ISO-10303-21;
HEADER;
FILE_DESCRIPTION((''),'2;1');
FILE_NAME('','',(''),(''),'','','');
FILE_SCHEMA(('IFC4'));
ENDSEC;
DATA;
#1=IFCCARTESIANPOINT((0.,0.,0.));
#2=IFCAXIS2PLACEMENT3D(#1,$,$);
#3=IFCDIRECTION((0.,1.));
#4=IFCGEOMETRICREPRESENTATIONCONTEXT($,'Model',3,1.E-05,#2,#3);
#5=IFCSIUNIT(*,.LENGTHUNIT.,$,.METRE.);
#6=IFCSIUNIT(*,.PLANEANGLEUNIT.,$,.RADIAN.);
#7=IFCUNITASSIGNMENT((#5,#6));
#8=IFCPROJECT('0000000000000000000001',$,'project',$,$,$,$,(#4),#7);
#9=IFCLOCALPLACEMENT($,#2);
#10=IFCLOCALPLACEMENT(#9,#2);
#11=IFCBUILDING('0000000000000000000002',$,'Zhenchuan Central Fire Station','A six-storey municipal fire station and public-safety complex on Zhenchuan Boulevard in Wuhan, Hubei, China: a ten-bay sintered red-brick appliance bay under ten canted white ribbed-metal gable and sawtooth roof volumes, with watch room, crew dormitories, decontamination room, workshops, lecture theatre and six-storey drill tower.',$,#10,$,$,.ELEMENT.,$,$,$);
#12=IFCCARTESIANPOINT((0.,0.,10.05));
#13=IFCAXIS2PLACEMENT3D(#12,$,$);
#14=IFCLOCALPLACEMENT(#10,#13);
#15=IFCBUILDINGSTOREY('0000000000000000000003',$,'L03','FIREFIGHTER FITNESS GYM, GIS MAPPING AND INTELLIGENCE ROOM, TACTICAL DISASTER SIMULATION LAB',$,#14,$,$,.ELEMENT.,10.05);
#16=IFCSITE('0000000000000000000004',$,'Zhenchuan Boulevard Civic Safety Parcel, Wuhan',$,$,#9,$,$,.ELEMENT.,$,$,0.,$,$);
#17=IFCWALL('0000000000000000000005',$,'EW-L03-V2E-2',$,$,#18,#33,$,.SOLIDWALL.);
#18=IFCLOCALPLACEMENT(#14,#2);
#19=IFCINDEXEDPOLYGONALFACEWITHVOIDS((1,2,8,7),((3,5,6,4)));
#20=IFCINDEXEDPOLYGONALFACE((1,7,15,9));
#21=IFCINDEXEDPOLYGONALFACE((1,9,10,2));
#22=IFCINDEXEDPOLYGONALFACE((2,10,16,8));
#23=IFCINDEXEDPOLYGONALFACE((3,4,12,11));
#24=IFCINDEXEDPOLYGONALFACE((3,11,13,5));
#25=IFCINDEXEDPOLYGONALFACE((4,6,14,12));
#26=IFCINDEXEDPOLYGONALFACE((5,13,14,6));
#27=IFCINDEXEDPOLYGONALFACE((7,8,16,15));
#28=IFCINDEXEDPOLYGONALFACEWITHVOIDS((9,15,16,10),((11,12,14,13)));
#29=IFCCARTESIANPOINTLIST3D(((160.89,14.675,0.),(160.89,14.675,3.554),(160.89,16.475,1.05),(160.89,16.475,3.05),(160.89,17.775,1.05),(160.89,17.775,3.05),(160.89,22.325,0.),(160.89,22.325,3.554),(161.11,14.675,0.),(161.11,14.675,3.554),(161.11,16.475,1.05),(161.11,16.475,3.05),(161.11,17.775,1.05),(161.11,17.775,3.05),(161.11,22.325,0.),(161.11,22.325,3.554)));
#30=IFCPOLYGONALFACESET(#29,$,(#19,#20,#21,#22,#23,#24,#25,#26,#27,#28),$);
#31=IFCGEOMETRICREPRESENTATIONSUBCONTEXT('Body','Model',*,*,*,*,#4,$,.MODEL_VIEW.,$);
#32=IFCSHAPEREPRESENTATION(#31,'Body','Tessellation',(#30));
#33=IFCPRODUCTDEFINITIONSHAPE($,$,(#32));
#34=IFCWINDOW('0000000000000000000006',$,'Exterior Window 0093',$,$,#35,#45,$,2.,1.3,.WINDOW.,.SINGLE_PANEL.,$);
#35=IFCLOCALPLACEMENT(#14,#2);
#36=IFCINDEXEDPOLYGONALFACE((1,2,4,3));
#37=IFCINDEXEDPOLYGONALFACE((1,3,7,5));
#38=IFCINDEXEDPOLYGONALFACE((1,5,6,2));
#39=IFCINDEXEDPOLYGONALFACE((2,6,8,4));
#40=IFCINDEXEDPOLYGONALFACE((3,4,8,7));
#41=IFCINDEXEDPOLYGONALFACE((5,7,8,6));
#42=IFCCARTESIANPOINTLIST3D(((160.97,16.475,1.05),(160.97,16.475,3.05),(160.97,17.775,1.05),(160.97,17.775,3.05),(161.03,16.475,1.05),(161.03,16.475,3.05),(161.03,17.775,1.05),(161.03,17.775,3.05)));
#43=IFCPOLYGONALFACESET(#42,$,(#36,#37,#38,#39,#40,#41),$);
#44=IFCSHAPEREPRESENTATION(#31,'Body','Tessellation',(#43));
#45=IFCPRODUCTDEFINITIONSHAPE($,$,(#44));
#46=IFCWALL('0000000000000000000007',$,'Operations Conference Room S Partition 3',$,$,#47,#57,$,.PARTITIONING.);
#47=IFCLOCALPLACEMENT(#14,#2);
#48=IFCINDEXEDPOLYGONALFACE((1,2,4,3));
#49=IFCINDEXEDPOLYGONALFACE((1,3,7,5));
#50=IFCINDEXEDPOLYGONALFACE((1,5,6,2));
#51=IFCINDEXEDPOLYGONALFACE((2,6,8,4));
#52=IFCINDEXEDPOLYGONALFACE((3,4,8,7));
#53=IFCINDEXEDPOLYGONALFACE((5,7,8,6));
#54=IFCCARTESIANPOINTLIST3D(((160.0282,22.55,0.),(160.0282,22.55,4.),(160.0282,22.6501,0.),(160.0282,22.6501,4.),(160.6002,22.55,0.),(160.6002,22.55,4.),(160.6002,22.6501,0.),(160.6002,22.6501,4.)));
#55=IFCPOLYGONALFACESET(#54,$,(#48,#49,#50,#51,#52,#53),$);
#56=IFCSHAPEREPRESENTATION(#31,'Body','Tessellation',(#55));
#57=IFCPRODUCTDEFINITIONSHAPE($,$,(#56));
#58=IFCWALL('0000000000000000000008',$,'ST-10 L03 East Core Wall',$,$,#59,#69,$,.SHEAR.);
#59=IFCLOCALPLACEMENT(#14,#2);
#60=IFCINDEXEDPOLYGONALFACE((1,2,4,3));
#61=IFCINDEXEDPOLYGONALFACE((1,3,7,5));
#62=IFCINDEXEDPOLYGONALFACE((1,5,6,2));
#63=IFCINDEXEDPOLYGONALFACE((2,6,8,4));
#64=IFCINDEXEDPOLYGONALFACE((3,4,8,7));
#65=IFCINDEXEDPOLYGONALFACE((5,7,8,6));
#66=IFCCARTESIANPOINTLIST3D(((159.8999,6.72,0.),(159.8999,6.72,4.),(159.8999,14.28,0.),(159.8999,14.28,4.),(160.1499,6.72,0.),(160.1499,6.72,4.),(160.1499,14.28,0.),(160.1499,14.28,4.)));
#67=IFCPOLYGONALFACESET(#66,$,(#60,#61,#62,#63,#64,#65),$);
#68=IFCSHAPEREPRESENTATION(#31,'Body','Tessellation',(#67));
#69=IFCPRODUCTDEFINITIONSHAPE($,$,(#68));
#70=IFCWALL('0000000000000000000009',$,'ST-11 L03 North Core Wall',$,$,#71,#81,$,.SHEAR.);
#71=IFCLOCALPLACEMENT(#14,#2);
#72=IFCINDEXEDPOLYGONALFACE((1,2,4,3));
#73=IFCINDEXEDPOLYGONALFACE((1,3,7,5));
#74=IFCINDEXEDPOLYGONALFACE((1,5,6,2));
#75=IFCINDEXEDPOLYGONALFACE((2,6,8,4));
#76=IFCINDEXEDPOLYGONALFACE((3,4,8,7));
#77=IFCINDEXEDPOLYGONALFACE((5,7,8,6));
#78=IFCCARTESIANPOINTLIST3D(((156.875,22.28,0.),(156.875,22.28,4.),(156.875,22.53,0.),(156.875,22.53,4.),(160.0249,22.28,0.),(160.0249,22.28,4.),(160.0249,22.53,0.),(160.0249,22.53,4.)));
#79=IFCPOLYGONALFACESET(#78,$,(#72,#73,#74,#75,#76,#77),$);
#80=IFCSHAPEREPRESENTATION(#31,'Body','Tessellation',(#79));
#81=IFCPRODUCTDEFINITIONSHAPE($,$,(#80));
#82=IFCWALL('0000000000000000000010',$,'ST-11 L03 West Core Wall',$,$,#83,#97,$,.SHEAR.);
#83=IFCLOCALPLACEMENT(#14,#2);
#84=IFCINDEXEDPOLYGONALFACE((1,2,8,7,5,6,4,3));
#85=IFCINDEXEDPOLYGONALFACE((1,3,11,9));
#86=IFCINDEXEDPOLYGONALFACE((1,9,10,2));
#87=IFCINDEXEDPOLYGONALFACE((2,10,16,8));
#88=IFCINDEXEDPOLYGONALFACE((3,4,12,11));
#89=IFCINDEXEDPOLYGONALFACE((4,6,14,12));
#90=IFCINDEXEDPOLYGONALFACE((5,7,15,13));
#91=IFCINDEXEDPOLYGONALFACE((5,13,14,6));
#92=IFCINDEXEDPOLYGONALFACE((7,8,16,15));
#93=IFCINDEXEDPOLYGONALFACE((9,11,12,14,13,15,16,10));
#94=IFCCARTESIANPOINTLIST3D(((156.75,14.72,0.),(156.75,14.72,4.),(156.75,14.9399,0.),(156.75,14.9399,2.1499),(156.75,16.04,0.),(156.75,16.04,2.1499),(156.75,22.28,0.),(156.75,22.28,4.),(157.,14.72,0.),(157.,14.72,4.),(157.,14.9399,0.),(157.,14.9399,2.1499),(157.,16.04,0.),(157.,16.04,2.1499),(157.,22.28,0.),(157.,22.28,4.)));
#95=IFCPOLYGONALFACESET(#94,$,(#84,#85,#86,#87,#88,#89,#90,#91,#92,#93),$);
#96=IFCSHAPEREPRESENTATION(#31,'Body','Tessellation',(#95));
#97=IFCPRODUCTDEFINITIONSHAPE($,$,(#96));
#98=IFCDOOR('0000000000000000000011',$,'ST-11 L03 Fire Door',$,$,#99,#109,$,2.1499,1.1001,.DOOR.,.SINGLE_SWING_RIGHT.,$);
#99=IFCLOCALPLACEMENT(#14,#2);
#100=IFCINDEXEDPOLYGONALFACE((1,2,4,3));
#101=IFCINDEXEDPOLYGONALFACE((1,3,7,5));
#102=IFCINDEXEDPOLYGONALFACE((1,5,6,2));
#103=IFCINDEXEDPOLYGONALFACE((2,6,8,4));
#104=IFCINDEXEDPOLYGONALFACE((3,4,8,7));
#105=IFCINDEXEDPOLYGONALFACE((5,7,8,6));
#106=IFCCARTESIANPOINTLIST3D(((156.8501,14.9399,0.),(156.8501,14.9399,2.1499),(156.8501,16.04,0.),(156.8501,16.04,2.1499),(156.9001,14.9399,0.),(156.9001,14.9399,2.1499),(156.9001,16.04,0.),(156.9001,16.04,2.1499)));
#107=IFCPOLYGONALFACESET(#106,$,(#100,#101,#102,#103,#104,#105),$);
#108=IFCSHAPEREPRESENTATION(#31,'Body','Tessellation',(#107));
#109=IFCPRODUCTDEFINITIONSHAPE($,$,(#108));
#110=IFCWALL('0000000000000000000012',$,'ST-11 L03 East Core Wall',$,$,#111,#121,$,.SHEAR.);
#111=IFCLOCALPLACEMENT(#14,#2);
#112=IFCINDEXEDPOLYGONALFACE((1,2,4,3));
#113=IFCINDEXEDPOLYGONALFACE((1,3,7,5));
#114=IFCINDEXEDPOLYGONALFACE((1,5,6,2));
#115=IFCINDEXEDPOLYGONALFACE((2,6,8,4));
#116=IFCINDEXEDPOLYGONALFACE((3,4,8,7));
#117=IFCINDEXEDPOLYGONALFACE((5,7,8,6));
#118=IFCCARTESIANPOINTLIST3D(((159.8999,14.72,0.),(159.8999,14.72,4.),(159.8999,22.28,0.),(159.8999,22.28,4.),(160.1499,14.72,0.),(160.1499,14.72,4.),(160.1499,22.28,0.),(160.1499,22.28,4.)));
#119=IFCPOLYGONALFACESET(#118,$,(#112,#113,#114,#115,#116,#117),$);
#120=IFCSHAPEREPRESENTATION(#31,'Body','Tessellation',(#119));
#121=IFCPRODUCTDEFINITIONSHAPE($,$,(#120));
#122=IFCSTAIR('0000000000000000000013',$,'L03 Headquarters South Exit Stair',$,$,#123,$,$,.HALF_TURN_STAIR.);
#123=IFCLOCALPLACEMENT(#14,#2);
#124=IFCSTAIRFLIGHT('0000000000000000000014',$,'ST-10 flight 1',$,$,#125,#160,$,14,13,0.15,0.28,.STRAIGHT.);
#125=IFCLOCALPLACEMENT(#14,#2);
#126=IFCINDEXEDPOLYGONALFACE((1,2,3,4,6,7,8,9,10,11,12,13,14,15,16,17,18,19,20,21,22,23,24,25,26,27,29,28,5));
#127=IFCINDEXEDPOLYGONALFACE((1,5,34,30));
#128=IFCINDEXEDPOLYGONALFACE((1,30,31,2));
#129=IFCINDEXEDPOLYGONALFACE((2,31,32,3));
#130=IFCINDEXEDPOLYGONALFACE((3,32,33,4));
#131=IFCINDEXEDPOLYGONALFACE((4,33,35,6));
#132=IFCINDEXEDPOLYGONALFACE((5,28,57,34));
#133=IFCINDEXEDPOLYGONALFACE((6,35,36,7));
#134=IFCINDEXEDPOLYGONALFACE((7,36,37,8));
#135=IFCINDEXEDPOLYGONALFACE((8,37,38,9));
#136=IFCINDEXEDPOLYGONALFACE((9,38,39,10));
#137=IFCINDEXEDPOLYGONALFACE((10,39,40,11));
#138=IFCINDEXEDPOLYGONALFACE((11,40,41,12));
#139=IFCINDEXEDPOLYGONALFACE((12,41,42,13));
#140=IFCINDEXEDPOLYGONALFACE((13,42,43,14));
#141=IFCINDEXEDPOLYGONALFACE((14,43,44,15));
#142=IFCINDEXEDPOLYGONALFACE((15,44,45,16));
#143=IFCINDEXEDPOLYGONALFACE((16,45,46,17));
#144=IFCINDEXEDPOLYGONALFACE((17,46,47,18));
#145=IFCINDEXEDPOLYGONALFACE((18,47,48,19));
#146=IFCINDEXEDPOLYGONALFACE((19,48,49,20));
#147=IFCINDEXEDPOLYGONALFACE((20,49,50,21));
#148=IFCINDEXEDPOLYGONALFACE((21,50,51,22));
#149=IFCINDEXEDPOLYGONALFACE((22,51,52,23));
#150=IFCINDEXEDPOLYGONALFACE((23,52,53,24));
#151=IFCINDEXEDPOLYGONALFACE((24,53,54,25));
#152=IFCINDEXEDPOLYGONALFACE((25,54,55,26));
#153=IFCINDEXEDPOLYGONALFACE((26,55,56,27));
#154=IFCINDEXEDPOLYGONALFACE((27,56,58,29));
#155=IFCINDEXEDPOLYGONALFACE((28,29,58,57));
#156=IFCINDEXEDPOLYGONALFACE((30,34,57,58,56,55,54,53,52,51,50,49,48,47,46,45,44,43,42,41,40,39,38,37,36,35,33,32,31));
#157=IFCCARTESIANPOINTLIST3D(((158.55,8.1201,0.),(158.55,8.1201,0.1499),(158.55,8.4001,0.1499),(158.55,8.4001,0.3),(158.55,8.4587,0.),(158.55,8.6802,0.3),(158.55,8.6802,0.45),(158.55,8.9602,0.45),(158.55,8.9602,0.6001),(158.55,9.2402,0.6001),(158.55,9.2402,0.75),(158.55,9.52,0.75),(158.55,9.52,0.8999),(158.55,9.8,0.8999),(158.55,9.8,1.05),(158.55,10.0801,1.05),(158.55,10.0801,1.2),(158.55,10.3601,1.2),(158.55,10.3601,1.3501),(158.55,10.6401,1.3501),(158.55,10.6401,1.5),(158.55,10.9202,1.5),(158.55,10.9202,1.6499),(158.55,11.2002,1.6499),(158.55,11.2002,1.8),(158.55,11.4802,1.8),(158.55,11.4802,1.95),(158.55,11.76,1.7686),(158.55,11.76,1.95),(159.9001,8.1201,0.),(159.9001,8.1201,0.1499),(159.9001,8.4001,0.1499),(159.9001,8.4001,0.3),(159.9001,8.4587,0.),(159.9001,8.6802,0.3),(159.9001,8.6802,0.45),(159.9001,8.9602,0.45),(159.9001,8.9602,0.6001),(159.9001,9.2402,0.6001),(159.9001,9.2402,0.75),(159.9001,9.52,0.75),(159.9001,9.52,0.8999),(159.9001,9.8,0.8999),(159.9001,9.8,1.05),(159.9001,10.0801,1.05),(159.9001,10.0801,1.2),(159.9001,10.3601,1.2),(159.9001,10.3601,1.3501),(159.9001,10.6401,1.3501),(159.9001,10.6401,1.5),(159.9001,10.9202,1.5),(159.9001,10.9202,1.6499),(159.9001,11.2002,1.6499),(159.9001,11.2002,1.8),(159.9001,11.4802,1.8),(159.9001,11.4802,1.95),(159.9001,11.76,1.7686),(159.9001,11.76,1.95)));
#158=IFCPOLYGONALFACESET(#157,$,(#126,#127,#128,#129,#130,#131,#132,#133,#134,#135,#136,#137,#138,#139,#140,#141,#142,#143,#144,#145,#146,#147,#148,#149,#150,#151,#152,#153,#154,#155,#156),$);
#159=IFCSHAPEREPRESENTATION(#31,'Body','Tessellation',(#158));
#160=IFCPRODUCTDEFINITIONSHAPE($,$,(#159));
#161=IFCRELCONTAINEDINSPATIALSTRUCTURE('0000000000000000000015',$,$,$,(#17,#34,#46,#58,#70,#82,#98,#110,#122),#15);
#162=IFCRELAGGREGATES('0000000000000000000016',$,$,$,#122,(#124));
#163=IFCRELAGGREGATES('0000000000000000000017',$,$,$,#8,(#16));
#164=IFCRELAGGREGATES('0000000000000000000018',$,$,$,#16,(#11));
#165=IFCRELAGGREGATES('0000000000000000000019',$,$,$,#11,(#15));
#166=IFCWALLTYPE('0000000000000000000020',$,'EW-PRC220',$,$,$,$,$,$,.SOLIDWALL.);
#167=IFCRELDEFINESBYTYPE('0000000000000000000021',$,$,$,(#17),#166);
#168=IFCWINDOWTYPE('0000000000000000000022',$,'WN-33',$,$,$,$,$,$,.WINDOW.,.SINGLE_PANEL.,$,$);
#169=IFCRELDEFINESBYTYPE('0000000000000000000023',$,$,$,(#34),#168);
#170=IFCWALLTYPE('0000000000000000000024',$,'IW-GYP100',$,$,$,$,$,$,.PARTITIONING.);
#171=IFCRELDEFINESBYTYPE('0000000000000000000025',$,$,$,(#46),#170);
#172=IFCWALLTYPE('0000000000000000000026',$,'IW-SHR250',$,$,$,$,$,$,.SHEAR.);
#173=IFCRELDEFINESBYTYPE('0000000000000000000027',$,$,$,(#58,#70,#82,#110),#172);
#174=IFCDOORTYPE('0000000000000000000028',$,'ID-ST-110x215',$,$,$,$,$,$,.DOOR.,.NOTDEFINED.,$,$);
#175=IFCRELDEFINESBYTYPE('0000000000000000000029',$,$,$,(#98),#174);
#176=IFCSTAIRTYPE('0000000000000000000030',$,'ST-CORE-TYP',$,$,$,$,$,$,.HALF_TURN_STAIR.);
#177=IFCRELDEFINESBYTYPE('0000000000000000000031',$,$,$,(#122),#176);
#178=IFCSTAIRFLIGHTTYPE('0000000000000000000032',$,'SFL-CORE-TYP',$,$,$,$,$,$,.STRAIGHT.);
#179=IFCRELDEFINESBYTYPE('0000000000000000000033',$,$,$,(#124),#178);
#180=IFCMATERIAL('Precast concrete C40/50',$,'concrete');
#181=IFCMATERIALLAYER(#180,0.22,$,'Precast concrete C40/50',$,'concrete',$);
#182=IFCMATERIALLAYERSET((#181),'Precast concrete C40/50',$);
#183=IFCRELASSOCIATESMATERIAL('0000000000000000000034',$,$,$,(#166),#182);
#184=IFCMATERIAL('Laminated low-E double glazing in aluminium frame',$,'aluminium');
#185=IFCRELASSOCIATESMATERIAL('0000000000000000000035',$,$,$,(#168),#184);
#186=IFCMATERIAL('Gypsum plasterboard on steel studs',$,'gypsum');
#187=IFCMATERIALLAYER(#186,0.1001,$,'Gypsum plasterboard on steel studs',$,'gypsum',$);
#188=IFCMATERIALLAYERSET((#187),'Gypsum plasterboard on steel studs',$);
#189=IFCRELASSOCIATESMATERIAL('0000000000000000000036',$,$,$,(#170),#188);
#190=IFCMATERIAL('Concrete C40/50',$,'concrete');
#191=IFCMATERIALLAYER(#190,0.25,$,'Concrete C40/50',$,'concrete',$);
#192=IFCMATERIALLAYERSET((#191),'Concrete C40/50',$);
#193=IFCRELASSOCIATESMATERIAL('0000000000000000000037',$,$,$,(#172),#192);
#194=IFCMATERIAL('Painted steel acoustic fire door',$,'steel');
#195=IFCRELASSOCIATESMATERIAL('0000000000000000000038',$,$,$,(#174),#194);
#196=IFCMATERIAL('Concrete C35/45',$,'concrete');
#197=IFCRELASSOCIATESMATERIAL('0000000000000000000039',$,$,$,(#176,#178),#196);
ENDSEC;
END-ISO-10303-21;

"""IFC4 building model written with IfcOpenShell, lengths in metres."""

from ifc_helpers import new_model, si_unit, direction, frame, frame_2d, origin, place, context, subcontext, project, spatial, polyline, rectangle, outline, extrude, material, layer, layer_set, type_object, element, fill, aggregate, save


model = new_model("IFC4")

# Units and contexts
model_context = context("Model", 3, precision=1e-05, world=origin(), true_north=direction((0.0, 1.0)))
body_context = subcontext(model_context, "Body", "Model", "MODEL_VIEW")
ifc_project = project(units=[si_unit("LENGTHUNIT", "METRE"), si_unit("PLANEANGLEUNIT", "RADIAN")], contexts=[model_context])

# Site, building, storey
site_placement = place(None, origin())
site = spatial("IfcSite", under=ifc_project, at=site_placement, Name="Zhenchuan Boulevard Civic Safety Parcel, Wuhan", CompositionType="ELEMENT", RefElevation=0.0)
building_placement = place(site_placement, origin())
building = spatial("IfcBuilding", under=site, at=building_placement, Name="Zhenchuan Central Fire Station", Description="A six-storey municipal fire station and public-safety complex on Zhenchuan Boulevard in Wuhan, Hubei, China: a ten-bay sintered red-brick appliance bay under ten canted white ribbed-metal gable and sawtooth roof volumes, with watch room, crew dormitories, decontamination room, workshops, lecture theatre and six-storey drill tower.", CompositionType="ELEMENT")
storey_placement = place(building_placement, frame((0.0, 0.0, 10.05)))
storey = spatial("IfcBuildingStorey", under=building, at=storey_placement, Name="L03", Description="FIREFIGHTER FITNESS GYM, GIS MAPPING AND INTELLIGENCE ROOM, TACTICAL DISASTER SIMULATION LAB", CompositionType="ELEMENT", Elevation=10.05)

# Wall, opening, window
ifc_material_1 = material(Name="Precast concrete C40/50", Category="concrete")
ifc_layer_1 = layer(ifc_material_1, 0.22, Name="Precast concrete C40/50", Category="concrete")
ifc_layer_set_1 = layer_set([ifc_layer_1], Name="Precast concrete C40/50")
wall_type_1 = type_object("IfcWallType", Name="EW-PRC220", PredefinedType="SOLIDWALL", material=ifc_layer_set_1)
ifc_material_2 = material(Name="Laminated low-E double glazing in aluminium frame", Category="aluminium")
wall_1_placement = place(storey_placement, frame((161.0, 14.675, 0.0), z_axis=(0.0, 0.0, 1.0), x_axis=(0.0, 1.0, 0.0)))
wall_1 = element("IfcWall", 1, at=wall_1_placement, inside=storey, type_object=wall_type_1, Name="EW-L03-V2E-2", PredefinedType="SOLIDWALL", context=body_context, shape_type="SweptSolid", body=[
    extrude(rectangle(XDim=7.6499, YDim=0.22, at=frame_2d((3.825, 0.0))), origin(), (0.0, 0.0, 1.0), 3.554),
])
opening_1_placement = place(wall_1_placement, frame((1.8, 0.0, 1.05)))
opening_1 = element("IfcOpeningElement", 2, at=opening_1_placement, cuts=wall_1, PredefinedType="OPENING", context=body_context, shape_type="SweptSolid", body=[
    extrude(rectangle(XDim=1.3, YDim=2.0, at=frame_2d((0.6499, 1.0))), frame((0.0, 0.1199, 0.0), z_axis=(0.0, -1.0, 0.0), x_axis=(1.0, 0.0, 0.0)), (0.0, 0.0, 1.0), 0.24),
])
window_type_1 = type_object("IfcWindowType", Name="WN-33", PartitioningType="SINGLE_PANEL", PredefinedType="WINDOW", material=ifc_material_2)
window_1_placement = place(opening_1_placement, origin())
window_1 = element("IfcWindow", 3, at=window_1_placement, inside=storey, type_object=window_type_1, Name="Exterior Window 0093", OverallHeight=2.0, OverallWidth=1.3, PartitioningType="SINGLE_PANEL", PredefinedType="WINDOW", context=body_context, shape_type="SweptSolid", body=[
    extrude(rectangle(XDim=1.3, YDim=2.0, at=frame_2d((0.6499, 1.0))), frame((0.0, 0.03, 0.0), z_axis=(0.0, -1.0, 0.0), x_axis=(1.0, 0.0, 0.0)), (0.0, 0.0, 1.0), 0.0601),
])
fill(opening_1, window_1)

# Walls
ifc_material_3 = material(Name="Gypsum plasterboard on steel studs", Category="gypsum")
ifc_layer_2 = layer(ifc_material_3, 0.1001, Name="Gypsum plasterboard on steel studs", Category="gypsum")
ifc_layer_set_2 = layer_set([ifc_layer_2], Name="Gypsum plasterboard on steel studs")
wall_type_2 = type_object("IfcWallType", Name="IW-GYP100", PredefinedType="PARTITIONING", material=ifc_layer_set_2)
wall_2_placement = place(storey_placement, frame((160.0281, 22.6001, 0.0), z_axis=(0.0, 0.0, 1.0), x_axis=(1.0, 0.0, 0.0)))
element("IfcWall", 4, at=wall_2_placement, inside=storey, type_object=wall_type_2, Name="Operations Conference Room S Partition 3", PredefinedType="PARTITIONING", context=body_context, shape_type="SweptSolid", body=[
    extrude(rectangle(XDim=0.572, YDim=0.1001, at=frame_2d((0.2861, 0.0))), origin(), (0.0, 0.0, 1.0), 4.0),
])
ifc_material_4 = material(Name="Concrete C40/50", Category="concrete")
ifc_layer_3 = layer(ifc_material_4, 0.25, Name="Concrete C40/50", Category="concrete")
ifc_layer_set_3 = layer_set([ifc_layer_3], Name="Concrete C40/50")
wall_type_3 = type_object("IfcWallType", Name="IW-SHR250", PredefinedType="SHEAR", material=ifc_layer_set_3)
wall_3_placement = place(storey_placement, frame((160.0249, 6.72, 0.0), z_axis=(0.0, 0.0, 1.0), x_axis=(0.0, 1.0, 0.0)))
element("IfcWall", 5, at=wall_3_placement, inside=storey, type_object=wall_type_3, Name="ST-10 L03 East Core Wall", PredefinedType="SHEAR", context=body_context, shape_type="SweptSolid", body=[
    extrude(rectangle(XDim=7.5601, YDim=0.25, at=frame_2d((3.78, 0.0))), origin(), (0.0, 0.0, 1.0), 4.0),
])
wall_4_placement = place(storey_placement, frame((156.875, 22.405, 0.0), z_axis=(0.0, 0.0, 1.0), x_axis=(1.0, 0.0, 0.0)))
element("IfcWall", 6, at=wall_4_placement, inside=storey, type_object=wall_type_3, Name="ST-11 L03 North Core Wall", PredefinedType="SHEAR", context=body_context, shape_type="SweptSolid", body=[
    extrude(rectangle(XDim=3.1499, YDim=0.25, at=frame_2d((1.575, 0.0))), origin(), (0.0, 0.0, 1.0), 4.0),
])

# Wall, opening, door
wall_5_placement = place(storey_placement, frame((156.875, 14.72, 0.0), z_axis=(0.0, 0.0, 1.0), x_axis=(0.0, 1.0, 0.0)))
wall_5 = element("IfcWall", 7, at=wall_5_placement, inside=storey, type_object=wall_type_3, Name="ST-11 L03 West Core Wall", PredefinedType="SHEAR", context=body_context, shape_type="SweptSolid", body=[
    extrude(rectangle(XDim=7.5601, YDim=0.25, at=frame_2d((3.78, 0.0))), origin(), (0.0, 0.0, 1.0), 4.0),
])
opening_2_placement = place(wall_5_placement, frame((0.22, 0.0, 0.0)))
opening_2 = element("IfcOpeningElement", 8, at=opening_2_placement, cuts=wall_5, PredefinedType="OPENING", context=body_context, shape_type="SweptSolid", body=[
    extrude(rectangle(XDim=1.1001, YDim=2.1499, at=frame_2d((0.55, 1.075))), frame((0.0, 0.135, 0.0), z_axis=(0.0, -1.0, 0.0), x_axis=(1.0, 0.0, 0.0)), (0.0, 0.0, 1.0), 0.27),
])
ifc_material_5 = material(Name="Painted steel acoustic fire door", Category="steel")
door_type = type_object("IfcDoorType", Name="ID-ST-110x215", OperationType="NOTDEFINED", PredefinedType="DOOR", material=ifc_material_5)
door_placement = place(opening_2_placement, origin())
door = element("IfcDoor", 9, at=door_placement, inside=storey, type_object=door_type, Name="ST-11 L03 Fire Door", OperationType="SINGLE_SWING_RIGHT", OverallHeight=2.1499, OverallWidth=1.1001, PredefinedType="DOOR", context=body_context, shape_type="SweptSolid", body=[
    extrude(rectangle(XDim=1.1001, YDim=2.1499, at=frame_2d((0.55, 1.075))), frame((0.0, 0.0249, 0.0), z_axis=(0.0, -1.0, 0.0), x_axis=(1.0, 0.0, 0.0)), (0.0, 0.0, 1.0), 0.05),
])
fill(opening_2, door)

# Wall
wall_6_placement = place(storey_placement, frame((160.0249, 14.72, 0.0), z_axis=(0.0, 0.0, 1.0), x_axis=(0.0, 1.0, 0.0)))
element("IfcWall", 10, at=wall_6_placement, inside=storey, type_object=wall_type_3, Name="ST-11 L03 East Core Wall", PredefinedType="SHEAR", context=body_context, shape_type="SweptSolid", body=[
    extrude(rectangle(XDim=7.5601, YDim=0.25, at=frame_2d((3.78, 0.0))), origin(), (0.0, 0.0, 1.0), 4.0),
])

# Stair, stair flight
ifc_material_6 = material(Name="Concrete C35/45", Category="concrete")
stair_type = type_object("IfcStairType", Name="ST-CORE-TYP", PredefinedType="HALF_TURN_STAIR", material=ifc_material_6)
stair_1_placement = place(storey_placement, origin())
stair_1 = element("IfcStair", 11, at=stair_1_placement, inside=storey, type_object=stair_type, Name="L03 Headquarters South Exit Stair", PredefinedType="HALF_TURN_STAIR")
stair_flight_type = type_object("IfcStairFlightType", Name="SFL-CORE-TYP", PredefinedType="STRAIGHT", material=ifc_material_6)
stair_flight_1_placement = place(storey_placement, frame((159.2251, 8.1201, 0.0), z_axis=(0.0, 0.0, 1.0), x_axis=(0.0, 1.0, 0.0)))
stair_flight_1 = element("IfcStairFlight", 12, at=stair_flight_1_placement, type_object=stair_flight_type, Name="ST-10 flight 1", NumberOfRisers=14, NumberOfTreads=13, PredefinedType="STRAIGHT", RiserHeight=0.15, TreadLength=0.28, context=body_context, shape_type="SweptSolid", body=[
    extrude(outline(polyline([(0.0, 0.0), (0.0, 0.1499), (0.28, 0.1499), (0.28, 0.3), (0.5601, 0.3), (0.5601, 0.45), (0.8401, 0.45), (0.8401, 0.6001), (1.1201, 0.6001), (1.1201, 0.75), (1.3999, 0.75), (1.3999, 0.8999), (1.6799, 0.8999), (1.6799, 1.05), (1.96, 1.05), (1.96, 1.2), (2.24, 1.2), (2.24, 1.3501), (2.52, 1.3501), (2.52, 1.5), (2.8, 1.5), (2.8, 1.6499), (3.0801, 1.6499), (3.0801, 1.8), (3.3601, 1.8), (3.3601, 1.95), (3.6399, 1.95), (3.6399, 2.1001), (3.6399, 1.7686), (0.3386, 0.0), (0.0, 0.0)])), frame((0.0, 0.675, 0.0), z_axis=(0.0, -1.0, 0.0), x_axis=(1.0, 0.0, 0.0)), (0.0, 0.0, 1.0), 1.3501),
])
aggregate(stair_1, [stair_flight_1])

save(model, "model.ifc")
